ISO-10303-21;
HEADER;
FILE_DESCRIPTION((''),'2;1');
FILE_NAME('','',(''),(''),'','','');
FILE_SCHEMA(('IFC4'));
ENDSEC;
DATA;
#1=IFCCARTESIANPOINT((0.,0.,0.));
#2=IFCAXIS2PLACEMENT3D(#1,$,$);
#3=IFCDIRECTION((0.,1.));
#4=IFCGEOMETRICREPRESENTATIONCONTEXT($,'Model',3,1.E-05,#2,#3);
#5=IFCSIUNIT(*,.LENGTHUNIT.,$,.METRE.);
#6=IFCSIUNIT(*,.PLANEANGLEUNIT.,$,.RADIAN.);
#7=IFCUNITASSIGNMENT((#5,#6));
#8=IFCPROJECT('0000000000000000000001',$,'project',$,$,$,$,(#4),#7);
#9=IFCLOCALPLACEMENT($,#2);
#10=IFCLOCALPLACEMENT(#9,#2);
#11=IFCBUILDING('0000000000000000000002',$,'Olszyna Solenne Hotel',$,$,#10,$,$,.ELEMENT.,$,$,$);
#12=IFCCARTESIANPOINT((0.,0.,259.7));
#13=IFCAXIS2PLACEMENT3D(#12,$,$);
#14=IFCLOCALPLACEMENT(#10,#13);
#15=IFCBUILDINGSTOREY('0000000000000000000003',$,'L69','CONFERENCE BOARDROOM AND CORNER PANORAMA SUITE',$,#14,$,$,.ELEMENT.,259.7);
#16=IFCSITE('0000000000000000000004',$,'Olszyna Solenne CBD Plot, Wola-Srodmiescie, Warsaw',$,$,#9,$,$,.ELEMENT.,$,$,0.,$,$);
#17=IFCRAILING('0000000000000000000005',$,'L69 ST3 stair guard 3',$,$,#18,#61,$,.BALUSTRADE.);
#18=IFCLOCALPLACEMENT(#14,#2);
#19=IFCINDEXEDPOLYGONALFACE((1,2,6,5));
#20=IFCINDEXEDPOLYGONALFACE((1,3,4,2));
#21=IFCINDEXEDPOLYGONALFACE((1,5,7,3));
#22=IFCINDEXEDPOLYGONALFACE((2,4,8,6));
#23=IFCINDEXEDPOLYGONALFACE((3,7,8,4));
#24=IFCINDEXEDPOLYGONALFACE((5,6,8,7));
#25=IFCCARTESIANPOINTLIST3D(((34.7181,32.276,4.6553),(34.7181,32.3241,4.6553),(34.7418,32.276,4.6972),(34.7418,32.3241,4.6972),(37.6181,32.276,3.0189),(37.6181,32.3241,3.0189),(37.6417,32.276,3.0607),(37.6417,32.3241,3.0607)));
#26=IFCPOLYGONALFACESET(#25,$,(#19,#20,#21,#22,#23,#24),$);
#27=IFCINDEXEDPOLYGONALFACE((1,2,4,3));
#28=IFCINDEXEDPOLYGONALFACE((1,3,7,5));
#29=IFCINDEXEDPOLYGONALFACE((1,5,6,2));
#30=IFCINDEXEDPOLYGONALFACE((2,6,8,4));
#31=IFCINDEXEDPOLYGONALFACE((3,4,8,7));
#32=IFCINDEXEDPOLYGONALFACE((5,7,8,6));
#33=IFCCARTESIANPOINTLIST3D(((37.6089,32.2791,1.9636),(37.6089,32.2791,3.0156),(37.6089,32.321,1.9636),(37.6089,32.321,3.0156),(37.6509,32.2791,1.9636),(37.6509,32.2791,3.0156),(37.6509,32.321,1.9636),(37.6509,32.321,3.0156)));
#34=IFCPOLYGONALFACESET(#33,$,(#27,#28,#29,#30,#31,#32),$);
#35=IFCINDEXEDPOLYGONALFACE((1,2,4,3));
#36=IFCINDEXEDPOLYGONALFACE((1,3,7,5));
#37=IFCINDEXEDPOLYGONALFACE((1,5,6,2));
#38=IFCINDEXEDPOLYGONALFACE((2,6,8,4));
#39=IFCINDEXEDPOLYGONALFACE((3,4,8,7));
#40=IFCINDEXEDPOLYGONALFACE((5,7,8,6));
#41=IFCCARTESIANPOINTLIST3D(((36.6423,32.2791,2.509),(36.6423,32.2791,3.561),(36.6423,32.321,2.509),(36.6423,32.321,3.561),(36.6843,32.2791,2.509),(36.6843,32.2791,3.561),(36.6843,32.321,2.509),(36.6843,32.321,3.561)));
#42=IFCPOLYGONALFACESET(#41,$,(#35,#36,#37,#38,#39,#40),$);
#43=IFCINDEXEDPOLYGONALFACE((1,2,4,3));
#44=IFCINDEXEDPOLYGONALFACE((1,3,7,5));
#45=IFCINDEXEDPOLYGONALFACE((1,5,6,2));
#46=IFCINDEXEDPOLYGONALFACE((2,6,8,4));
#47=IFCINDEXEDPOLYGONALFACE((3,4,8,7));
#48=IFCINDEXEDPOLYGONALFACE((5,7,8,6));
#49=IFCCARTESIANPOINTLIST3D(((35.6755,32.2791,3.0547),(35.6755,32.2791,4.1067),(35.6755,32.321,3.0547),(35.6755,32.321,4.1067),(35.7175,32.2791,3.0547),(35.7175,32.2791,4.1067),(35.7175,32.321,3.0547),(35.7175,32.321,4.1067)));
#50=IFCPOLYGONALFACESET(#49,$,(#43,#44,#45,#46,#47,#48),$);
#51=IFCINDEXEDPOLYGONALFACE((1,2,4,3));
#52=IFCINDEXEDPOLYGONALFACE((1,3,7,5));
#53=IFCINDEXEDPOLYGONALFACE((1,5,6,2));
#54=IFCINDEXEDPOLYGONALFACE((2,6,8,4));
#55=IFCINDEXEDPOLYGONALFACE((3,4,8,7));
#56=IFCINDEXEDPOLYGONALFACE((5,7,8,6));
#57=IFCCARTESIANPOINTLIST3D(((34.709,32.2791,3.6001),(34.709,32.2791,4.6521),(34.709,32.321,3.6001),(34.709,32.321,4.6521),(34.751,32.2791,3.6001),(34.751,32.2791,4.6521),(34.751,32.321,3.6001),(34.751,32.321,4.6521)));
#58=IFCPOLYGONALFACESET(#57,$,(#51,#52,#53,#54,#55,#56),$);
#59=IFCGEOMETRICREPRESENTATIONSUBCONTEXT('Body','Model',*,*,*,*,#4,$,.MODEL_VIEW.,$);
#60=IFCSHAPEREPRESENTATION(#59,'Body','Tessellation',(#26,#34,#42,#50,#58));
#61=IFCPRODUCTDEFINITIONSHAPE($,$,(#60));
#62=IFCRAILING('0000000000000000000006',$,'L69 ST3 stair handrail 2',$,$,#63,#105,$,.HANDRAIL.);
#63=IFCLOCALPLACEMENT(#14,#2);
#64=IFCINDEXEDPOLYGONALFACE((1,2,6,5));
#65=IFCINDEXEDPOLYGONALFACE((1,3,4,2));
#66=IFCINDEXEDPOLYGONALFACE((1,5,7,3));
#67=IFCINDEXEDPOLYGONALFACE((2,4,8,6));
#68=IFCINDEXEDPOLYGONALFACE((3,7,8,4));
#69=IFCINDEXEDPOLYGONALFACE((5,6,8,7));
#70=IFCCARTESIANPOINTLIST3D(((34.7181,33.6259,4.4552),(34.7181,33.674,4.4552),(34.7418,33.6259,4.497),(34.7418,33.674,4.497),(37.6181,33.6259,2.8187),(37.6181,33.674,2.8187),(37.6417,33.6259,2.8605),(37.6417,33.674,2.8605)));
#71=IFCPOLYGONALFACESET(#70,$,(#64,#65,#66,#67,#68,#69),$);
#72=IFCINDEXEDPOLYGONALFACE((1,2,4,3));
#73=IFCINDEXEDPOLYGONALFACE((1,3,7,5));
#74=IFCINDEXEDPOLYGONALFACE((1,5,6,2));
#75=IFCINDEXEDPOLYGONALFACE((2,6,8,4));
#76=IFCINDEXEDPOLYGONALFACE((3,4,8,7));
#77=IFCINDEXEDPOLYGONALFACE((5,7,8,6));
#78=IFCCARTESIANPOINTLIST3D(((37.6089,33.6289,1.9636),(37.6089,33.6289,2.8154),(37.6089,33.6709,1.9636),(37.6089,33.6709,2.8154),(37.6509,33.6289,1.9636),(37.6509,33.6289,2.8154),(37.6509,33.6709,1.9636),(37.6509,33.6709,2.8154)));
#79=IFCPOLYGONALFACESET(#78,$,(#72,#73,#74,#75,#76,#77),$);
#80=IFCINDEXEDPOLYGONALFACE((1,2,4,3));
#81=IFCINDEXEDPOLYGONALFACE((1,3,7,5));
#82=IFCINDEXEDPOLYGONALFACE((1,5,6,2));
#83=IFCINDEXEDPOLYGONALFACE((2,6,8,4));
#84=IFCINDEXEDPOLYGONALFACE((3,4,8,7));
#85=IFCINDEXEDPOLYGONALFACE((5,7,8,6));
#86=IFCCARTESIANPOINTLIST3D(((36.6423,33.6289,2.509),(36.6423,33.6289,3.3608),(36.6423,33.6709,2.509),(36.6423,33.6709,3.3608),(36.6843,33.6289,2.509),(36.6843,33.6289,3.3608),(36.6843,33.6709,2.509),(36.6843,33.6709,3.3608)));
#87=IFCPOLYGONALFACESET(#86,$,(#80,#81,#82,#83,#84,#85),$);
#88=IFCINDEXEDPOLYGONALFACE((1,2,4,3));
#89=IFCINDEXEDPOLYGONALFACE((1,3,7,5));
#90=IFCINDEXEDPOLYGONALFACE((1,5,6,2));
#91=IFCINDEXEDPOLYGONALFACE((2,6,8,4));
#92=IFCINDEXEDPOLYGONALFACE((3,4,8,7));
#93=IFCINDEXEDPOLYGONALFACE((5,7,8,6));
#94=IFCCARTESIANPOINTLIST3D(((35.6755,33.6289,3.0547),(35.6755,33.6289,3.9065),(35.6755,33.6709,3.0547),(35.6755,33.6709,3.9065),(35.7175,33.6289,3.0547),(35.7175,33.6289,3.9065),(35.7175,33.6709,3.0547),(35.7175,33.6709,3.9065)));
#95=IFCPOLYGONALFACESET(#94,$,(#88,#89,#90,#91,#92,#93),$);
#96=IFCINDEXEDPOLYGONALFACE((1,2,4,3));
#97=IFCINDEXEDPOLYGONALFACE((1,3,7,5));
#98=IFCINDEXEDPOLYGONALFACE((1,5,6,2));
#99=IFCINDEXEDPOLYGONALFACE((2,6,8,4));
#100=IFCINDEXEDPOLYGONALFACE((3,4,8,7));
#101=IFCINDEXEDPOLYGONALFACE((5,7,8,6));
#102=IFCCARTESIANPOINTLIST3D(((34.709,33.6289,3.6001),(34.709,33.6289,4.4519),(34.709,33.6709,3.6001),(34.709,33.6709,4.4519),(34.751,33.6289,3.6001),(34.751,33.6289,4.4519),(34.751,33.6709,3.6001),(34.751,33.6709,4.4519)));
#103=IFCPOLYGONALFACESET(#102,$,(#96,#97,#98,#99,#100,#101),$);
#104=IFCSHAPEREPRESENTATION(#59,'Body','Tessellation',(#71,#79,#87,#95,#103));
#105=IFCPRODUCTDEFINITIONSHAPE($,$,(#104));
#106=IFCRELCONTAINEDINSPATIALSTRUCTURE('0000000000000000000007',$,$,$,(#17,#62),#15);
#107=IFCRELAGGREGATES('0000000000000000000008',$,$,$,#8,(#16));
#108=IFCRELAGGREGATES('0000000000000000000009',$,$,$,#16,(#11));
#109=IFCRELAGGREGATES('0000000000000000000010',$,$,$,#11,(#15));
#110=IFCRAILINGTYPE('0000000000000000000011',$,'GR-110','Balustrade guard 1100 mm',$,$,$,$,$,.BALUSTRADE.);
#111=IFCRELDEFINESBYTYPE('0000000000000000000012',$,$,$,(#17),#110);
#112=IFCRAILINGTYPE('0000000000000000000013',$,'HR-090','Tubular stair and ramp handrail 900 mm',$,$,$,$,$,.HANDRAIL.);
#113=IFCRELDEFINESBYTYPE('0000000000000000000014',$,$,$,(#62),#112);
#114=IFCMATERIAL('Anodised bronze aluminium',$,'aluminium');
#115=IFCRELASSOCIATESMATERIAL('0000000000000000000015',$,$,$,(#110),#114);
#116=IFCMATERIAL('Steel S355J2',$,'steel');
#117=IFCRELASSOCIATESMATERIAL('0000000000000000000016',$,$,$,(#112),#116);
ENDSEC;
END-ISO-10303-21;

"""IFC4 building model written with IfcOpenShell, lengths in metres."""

from ifc_helpers import new_model, si_unit, direction, frame, origin, origin_2d, place, context, subcontext, project, spatial, rectangle, extrude, material, type_object, element, save


model = new_model("IFC4")

# Units and contexts
model_context = context("Model", 3, precision=1e-05, world=origin(), true_north=direction((0.0, 1.0)))
body_context = subcontext(model_context, "Body", "Model", "MODEL_VIEW")
ifc_project = project(units=[si_unit("LENGTHUNIT", "METRE"), si_unit("PLANEANGLEUNIT", "RADIAN")], contexts=[model_context])

# Site, building, storey
site_placement = place(None, origin())
site = spatial("IfcSite", under=ifc_project, at=site_placement, Name="Olszyna Solenne CBD Plot, Wola-Srodmiescie, Warsaw", CompositionType="ELEMENT", RefElevation=0.0)
building_placement = place(site_placement, origin())
building = spatial("IfcBuilding", under=site, at=building_placement, Name="Olszyna Solenne Hotel", CompositionType="ELEMENT")
storey_placement = place(building_placement, frame((0.0, 0.0, 259.7)))
storey = spatial("IfcBuildingStorey", under=building, at=storey_placement, Name="L69", Description="CONFERENCE BOARDROOM AND CORNER PANORAMA SUITE", CompositionType="ELEMENT", Elevation=259.7)

# Shared definitions
ifc_material_1 = material(Name="Steel S355J2", Category="steel")

# Shared definitions
ifc_material_2 = material(Name="Anodised bronze aluminium", Category="aluminium")

# Railings
railing_type_1 = type_object("IfcRailingType", Name="GR-110", Description="Balustrade guard 1100 mm", PredefinedType="BALUSTRADE", material=ifc_material_2)
railing_1_placement = place(storey_placement, frame((37.6299, 32.3, 1.9636)))
element("IfcRailing", 1, at=railing_1_placement, inside=storey, type_object=railing_type_1, Name="L69 ST3 stair guard 3", PredefinedType="BALUSTRADE", context=body_context, shape_type="SweptSolid", body=[
    extrude(rectangle(XDim=0.0481, YDim=0.0481, at=origin_2d()), frame((0.0, 0.0, 1.0762), z_axis=(-0.870897, 0.0, 0.491465), x_axis=(0.0, -1.0, 0.0)), (0.0, 0.0, 1.0), 3.3298),
    extrude(rectangle(XDim=0.042, YDim=0.042, at=origin_2d()), origin(), (0.0, 0.0, 1.0), 1.052),
    extrude(rectangle(XDim=0.042, YDim=0.042, at=origin_2d()), frame((-0.9666, 0.0, 0.5454)), (0.0, 0.0, 1.0), 1.052),
    extrude(rectangle(XDim=0.042, YDim=0.042, at=origin_2d()), frame((-1.9333, 0.0, 1.0911)), (0.0, 0.0, 1.0), 1.052),
    extrude(rectangle(XDim=0.042, YDim=0.042, at=origin_2d()), frame((-2.8999, 0.0, 1.6365)), (0.0, 0.0, 1.0), 1.052),
])
railing_type_2 = type_object("IfcRailingType", Name="HR-090", Description="Tubular stair and ramp handrail 900 mm", PredefinedType="HANDRAIL", material=ifc_material_1)
railing_2_placement = place(storey_placement, frame((37.6299, 33.6499, 1.9636)))
element("IfcRailing", 2, at=railing_2_placement, inside=storey, type_object=railing_type_2, Name="L69 ST3 stair handrail 2", PredefinedType="HANDRAIL", context=body_context, shape_type="SweptSolid", body=[
    extrude(rectangle(XDim=0.0481, YDim=0.0481, at=origin_2d()), frame((0.0, 0.0, 0.876), z_axis=(-0.870897, 0.0, 0.491465), x_axis=(0.0, -1.0, 0.0)), (0.0, 0.0, 1.0), 3.3298),
    extrude(rectangle(XDim=0.042, YDim=0.042, at=origin_2d()), origin(), (0.0, 0.0, 1.0), 0.8518),
    extrude(rectangle(XDim=0.042, YDim=0.042, at=origin_2d()), frame((-0.9666, 0.0, 0.5454)), (0.0, 0.0, 1.0), 0.8518),
    extrude(rectangle(XDim=0.042, YDim=0.042, at=origin_2d()), frame((-1.9333, 0.0, 1.0911)), (0.0, 0.0, 1.0), 0.8518),
    extrude(rectangle(XDim=0.042, YDim=0.042, at=origin_2d()), frame((-2.8999, 0.0, 1.6365)), (0.0, 0.0, 1.0), 0.8518),
])

save(model, "model.ifc")
